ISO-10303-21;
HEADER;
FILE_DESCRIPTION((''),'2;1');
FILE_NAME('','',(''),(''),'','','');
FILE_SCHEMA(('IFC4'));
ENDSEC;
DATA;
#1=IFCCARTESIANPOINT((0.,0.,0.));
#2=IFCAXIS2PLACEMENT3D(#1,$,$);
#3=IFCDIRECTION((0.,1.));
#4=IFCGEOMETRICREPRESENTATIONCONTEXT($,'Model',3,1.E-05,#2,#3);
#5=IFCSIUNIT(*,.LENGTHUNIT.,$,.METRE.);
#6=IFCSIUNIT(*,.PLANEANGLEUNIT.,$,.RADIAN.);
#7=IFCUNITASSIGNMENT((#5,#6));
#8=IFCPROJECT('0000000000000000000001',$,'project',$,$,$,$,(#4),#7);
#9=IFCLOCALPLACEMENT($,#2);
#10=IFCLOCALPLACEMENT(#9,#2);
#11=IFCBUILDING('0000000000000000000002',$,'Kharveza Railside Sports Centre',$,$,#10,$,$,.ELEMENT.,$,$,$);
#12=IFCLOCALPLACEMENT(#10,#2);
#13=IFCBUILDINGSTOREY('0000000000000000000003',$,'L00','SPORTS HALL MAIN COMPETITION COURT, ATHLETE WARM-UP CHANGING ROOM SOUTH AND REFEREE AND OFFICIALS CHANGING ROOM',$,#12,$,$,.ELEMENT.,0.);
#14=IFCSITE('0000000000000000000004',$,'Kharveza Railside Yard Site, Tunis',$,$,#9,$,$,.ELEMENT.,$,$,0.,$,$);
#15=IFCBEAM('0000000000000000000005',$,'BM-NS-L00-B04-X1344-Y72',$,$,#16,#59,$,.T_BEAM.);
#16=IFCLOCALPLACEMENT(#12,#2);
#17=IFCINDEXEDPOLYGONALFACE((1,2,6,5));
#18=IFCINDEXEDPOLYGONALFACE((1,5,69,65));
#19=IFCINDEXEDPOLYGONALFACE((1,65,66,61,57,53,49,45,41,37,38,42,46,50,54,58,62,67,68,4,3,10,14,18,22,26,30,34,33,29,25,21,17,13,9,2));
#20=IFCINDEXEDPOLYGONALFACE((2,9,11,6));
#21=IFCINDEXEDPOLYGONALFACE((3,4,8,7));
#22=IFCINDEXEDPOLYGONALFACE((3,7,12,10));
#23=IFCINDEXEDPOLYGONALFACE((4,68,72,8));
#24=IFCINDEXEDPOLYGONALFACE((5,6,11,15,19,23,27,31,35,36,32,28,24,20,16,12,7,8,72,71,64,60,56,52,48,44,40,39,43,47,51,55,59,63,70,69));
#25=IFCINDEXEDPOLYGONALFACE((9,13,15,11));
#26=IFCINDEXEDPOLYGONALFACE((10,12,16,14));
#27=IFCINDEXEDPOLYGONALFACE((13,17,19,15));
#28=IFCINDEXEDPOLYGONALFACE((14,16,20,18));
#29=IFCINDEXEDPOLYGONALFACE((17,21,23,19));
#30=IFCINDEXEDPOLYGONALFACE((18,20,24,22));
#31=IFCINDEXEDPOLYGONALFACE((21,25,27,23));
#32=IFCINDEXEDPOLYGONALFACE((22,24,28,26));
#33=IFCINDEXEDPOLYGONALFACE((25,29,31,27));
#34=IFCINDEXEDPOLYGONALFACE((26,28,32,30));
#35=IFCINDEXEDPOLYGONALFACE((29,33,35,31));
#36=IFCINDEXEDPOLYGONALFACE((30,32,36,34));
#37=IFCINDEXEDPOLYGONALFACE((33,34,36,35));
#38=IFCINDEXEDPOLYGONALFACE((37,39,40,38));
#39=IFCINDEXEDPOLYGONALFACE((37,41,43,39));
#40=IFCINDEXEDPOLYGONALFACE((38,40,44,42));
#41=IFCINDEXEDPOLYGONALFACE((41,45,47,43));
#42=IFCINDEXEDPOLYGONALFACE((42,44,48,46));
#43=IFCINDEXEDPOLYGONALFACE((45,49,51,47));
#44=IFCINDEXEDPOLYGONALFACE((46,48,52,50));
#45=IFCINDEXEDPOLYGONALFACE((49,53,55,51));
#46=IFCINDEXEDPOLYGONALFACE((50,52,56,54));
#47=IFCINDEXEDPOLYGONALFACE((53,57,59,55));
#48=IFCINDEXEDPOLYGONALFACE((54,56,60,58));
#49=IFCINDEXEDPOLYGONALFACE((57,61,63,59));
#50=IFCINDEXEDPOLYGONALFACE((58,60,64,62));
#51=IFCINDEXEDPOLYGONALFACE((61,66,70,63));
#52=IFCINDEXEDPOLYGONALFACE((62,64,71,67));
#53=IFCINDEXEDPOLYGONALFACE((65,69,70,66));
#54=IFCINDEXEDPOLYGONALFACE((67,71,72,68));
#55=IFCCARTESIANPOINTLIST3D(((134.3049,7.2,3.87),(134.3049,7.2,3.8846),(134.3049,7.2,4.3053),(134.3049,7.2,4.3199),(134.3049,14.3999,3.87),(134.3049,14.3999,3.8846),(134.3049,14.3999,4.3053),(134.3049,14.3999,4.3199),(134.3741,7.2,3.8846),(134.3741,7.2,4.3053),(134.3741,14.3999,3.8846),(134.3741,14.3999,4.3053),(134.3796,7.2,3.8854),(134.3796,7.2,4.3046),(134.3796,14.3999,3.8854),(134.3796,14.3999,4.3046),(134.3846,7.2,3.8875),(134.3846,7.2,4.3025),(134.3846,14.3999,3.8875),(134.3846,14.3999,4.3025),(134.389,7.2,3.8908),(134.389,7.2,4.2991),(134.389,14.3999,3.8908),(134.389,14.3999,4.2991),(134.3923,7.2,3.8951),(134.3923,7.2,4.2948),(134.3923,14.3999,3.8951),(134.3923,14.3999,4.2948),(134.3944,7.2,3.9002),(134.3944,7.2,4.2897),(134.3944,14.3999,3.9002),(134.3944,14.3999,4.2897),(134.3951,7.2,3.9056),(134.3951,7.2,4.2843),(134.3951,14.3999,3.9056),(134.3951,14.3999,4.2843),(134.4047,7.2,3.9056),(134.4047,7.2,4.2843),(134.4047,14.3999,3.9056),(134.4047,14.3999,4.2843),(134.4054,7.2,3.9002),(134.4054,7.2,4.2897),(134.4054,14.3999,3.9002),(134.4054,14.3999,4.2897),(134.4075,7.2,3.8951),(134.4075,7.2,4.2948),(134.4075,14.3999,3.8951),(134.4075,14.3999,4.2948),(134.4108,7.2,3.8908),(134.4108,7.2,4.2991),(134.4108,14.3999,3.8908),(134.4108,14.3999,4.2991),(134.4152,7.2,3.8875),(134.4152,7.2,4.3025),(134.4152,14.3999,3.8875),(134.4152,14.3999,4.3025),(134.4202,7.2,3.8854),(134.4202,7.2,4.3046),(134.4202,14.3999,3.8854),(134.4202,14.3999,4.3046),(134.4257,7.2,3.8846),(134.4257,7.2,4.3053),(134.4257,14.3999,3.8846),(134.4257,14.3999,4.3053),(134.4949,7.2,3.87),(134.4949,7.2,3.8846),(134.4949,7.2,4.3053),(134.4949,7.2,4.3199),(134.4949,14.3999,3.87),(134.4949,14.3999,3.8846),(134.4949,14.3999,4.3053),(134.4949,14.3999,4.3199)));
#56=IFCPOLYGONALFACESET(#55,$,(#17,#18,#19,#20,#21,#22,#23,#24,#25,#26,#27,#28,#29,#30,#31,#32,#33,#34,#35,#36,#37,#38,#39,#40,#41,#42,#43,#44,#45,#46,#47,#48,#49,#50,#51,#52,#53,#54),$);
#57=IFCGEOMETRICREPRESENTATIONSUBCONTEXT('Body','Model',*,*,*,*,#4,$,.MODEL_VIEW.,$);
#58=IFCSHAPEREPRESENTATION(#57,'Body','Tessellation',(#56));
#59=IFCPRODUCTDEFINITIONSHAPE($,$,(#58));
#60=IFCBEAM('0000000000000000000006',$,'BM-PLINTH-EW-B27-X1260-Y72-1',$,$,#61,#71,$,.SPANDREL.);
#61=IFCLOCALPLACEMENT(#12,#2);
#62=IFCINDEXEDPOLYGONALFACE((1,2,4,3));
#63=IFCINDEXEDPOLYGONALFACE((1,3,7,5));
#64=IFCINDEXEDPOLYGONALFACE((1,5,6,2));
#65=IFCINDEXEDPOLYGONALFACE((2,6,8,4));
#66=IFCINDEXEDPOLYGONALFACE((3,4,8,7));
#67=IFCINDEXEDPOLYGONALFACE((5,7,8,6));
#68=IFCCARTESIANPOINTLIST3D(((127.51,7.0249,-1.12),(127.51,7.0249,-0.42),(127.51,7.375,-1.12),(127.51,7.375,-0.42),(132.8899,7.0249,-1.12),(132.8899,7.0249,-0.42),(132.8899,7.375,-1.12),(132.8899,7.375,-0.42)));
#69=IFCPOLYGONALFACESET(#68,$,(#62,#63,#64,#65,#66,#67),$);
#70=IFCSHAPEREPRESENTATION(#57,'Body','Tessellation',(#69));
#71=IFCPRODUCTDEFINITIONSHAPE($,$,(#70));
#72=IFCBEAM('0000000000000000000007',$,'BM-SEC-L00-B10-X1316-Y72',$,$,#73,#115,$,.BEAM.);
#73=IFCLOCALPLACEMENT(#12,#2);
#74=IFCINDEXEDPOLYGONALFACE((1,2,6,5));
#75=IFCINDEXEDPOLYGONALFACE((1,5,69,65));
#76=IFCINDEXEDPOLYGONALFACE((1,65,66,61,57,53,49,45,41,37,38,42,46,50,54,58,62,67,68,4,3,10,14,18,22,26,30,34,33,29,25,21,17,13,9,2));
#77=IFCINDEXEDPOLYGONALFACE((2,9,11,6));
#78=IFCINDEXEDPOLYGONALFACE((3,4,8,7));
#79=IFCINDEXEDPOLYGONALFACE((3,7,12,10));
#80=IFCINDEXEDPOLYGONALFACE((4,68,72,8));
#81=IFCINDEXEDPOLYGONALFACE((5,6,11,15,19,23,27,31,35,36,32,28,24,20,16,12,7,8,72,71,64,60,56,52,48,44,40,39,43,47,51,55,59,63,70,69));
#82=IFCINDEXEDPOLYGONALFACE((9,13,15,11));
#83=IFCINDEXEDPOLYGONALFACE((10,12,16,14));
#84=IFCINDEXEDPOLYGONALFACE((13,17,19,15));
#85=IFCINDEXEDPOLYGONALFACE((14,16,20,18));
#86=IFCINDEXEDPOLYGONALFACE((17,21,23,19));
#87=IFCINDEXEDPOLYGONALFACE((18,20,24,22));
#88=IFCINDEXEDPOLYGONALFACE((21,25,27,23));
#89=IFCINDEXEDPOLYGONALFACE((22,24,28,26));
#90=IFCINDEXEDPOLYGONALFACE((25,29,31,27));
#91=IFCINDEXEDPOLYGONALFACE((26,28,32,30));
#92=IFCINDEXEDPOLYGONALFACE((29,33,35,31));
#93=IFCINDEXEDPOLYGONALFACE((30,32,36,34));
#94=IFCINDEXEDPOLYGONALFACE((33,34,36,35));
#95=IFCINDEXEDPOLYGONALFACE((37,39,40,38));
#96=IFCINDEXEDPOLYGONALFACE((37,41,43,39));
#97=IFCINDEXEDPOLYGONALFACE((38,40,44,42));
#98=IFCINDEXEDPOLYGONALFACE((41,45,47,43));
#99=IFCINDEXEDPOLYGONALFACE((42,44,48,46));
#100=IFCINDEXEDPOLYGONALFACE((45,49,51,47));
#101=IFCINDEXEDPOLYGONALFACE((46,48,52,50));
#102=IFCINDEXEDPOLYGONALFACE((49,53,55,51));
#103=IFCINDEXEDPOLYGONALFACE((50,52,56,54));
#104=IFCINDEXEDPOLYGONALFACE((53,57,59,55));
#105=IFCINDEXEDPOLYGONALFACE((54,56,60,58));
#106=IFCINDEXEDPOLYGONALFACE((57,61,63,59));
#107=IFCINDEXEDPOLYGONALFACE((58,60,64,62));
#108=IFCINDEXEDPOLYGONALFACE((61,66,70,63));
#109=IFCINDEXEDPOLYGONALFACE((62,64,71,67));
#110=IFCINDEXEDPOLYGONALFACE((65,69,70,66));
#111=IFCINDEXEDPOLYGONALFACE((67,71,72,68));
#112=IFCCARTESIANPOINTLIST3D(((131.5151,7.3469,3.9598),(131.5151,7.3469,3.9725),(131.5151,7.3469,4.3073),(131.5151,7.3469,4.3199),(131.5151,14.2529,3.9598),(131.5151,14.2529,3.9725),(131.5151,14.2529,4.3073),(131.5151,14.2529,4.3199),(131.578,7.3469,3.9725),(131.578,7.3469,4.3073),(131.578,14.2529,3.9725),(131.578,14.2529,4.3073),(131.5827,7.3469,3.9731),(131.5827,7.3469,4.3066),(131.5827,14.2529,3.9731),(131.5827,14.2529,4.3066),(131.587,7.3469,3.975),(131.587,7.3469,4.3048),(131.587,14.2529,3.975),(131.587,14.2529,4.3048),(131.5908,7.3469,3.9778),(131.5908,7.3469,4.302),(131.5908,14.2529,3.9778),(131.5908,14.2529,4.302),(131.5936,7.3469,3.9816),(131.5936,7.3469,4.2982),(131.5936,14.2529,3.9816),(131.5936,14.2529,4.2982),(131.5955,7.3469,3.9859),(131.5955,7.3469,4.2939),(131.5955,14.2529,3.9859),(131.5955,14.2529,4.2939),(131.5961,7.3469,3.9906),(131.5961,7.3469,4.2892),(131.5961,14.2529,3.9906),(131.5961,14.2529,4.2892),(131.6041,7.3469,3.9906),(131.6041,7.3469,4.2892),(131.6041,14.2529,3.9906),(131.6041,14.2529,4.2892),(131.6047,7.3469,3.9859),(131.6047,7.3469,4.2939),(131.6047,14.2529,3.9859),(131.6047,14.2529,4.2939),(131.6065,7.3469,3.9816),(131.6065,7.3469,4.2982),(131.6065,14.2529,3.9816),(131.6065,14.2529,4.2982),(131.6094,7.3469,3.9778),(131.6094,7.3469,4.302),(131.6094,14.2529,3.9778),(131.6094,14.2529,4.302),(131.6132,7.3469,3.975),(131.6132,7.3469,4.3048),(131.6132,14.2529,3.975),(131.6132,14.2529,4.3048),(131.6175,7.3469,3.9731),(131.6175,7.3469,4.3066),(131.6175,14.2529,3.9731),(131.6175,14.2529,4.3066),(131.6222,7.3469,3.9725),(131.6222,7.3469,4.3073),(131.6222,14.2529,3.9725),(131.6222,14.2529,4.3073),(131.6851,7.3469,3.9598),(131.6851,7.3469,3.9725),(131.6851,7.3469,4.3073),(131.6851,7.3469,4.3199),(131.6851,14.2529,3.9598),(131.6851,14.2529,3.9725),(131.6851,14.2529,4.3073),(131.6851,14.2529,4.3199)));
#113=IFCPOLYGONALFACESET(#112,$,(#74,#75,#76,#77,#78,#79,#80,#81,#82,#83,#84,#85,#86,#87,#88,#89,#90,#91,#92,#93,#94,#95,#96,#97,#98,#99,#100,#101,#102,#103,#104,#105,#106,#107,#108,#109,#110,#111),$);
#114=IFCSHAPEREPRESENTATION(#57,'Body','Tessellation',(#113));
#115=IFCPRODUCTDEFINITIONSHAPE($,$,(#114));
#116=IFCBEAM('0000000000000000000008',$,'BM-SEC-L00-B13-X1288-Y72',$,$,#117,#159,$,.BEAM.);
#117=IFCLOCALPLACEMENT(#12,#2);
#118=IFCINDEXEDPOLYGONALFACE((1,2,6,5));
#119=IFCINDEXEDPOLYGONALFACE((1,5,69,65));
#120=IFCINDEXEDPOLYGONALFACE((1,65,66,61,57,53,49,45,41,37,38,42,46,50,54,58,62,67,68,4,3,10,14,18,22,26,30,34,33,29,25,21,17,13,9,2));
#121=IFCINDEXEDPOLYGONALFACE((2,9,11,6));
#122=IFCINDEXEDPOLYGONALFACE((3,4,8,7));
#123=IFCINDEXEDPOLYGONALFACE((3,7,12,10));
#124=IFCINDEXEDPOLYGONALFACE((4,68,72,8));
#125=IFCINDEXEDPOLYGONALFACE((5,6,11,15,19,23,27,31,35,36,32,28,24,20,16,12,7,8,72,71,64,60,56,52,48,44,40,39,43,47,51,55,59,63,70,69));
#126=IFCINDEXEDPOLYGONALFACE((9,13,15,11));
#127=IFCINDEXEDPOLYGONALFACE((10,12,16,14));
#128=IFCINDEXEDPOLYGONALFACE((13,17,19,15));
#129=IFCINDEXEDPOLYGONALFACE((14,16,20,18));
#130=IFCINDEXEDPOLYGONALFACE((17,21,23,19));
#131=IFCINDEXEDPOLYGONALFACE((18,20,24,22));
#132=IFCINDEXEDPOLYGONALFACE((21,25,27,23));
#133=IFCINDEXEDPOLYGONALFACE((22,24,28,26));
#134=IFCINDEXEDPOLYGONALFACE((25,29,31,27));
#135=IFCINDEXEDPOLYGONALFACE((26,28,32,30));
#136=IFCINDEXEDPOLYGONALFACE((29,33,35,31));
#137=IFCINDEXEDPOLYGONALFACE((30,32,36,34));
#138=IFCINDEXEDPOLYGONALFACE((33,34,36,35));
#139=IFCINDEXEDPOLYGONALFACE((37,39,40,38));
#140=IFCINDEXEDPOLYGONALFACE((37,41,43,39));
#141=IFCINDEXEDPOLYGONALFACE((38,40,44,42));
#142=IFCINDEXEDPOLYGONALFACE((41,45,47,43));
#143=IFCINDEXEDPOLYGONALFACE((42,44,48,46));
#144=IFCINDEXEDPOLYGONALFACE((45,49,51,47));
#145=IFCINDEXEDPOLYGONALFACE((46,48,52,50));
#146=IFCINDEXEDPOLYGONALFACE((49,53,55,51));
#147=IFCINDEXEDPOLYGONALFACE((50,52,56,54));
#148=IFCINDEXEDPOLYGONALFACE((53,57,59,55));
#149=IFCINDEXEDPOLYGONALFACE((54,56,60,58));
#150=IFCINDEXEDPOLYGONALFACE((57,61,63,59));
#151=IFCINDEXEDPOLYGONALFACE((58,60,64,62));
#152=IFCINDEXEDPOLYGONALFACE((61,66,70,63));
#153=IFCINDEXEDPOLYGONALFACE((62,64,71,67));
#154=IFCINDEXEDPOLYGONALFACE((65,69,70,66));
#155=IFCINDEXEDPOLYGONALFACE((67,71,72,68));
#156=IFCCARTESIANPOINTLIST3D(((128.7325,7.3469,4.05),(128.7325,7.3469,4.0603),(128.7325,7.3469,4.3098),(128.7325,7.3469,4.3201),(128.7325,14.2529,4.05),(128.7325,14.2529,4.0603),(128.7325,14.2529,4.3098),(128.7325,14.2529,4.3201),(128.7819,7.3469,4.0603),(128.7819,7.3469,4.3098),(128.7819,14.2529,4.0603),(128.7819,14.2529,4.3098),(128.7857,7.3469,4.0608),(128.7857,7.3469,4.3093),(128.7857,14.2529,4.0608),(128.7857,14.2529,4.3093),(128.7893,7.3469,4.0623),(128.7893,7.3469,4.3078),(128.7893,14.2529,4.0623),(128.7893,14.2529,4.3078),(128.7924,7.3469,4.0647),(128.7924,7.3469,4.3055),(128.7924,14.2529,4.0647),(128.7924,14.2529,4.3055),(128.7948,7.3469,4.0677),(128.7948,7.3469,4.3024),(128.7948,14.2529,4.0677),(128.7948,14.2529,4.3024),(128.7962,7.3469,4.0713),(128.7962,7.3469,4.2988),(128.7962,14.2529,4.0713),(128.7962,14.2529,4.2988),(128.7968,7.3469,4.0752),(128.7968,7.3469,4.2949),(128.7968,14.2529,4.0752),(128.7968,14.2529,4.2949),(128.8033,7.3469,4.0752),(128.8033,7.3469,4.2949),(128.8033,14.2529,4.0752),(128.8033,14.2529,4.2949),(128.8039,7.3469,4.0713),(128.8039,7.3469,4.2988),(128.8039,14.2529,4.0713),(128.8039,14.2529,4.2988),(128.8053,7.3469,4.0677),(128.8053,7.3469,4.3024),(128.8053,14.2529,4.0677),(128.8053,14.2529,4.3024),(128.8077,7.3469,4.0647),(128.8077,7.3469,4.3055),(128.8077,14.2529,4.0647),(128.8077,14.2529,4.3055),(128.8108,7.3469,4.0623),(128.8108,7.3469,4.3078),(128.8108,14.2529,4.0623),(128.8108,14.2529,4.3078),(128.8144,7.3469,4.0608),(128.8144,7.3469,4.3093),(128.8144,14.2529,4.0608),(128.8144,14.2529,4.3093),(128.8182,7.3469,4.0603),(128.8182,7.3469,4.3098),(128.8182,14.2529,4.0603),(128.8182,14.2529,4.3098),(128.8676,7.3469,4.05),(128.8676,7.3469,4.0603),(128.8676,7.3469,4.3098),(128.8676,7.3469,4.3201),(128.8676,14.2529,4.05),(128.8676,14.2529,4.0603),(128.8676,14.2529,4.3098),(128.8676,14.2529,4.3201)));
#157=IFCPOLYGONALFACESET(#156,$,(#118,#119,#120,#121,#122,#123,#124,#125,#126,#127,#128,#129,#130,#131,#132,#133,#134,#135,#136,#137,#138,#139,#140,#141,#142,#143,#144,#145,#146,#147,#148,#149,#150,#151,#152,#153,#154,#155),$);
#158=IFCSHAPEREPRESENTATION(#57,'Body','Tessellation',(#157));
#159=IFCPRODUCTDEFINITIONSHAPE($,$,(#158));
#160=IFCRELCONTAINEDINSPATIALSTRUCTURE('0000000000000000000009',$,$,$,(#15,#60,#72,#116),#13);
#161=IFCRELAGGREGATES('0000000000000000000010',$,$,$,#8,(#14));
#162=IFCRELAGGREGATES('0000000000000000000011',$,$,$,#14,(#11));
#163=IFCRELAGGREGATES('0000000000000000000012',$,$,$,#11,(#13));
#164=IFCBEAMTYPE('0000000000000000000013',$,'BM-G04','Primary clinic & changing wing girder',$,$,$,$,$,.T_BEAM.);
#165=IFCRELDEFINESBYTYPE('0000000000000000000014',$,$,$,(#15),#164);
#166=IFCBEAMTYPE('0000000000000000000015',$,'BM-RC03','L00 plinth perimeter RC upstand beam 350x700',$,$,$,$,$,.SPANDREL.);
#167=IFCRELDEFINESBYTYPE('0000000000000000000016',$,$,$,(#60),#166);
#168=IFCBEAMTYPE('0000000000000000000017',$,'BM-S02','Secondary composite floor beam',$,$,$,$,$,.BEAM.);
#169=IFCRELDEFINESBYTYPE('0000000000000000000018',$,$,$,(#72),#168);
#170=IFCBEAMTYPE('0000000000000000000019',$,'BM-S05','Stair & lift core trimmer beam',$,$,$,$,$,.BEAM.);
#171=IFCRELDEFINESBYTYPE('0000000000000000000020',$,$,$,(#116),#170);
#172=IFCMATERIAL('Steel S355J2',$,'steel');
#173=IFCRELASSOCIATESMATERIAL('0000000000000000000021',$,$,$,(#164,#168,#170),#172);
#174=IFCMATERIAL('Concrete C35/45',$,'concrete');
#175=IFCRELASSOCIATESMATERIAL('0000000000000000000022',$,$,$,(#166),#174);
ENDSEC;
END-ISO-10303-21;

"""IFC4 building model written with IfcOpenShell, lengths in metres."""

from ifc_helpers import new_model, si_unit, direction, frame, origin, origin_2d, place, context, subcontext, project, spatial, rectangle, i_section, extrude, material, material_profile, profile_set, type_object, element, save


model = new_model("IFC4")

# Units and contexts
model_context = context("Model", 3, precision=1e-05, world=origin(), true_north=direction((0.0, 1.0)))
body_context = subcontext(model_context, "Body", "Model", "MODEL_VIEW")
ifc_project = project(units=[si_unit("LENGTHUNIT", "METRE"), si_unit("PLANEANGLEUNIT", "RADIAN")], contexts=[model_context])

# Site, building, storey
site_placement = place(None, origin())
site = spatial("IfcSite", under=ifc_project, at=site_placement, Name="Kharveza Railside Yard Site, Tunis", CompositionType="ELEMENT", RefElevation=0.0)
building_placement = place(site_placement, origin())
building = spatial("IfcBuilding", under=site, at=building_placement, Name="Kharveza Railside Sports Centre", CompositionType="ELEMENT")
storey_placement = place(building_placement, origin())
storey = spatial("IfcBuildingStorey", under=building, at=storey_placement, Name="L00", Description="SPORTS HALL MAIN COMPETITION COURT, ATHLETE WARM-UP CHANGING ROOM SOUTH AND REFEREE AND OFFICIALS CHANGING ROOM", CompositionType="ELEMENT", Elevation=0.0)

# Shared definitions
ifc_material_1 = material(Name="Concrete C35/45", Category="concrete")

# Shared definitions
ifc_material_2 = material(Name="Steel S355J2", Category="steel")

# Beams
ifc_material_profile_1 = material_profile(ifc_material_2, i_section(OverallWidth=0.1899, OverallDepth=0.45, WebThickness=0.0095, FlangeThickness=0.0146, FilletRadius=0.021, at=origin_2d()), Name="IPE 450")
ifc_profile_set_1 = profile_set([ifc_material_profile_1], Name="Steel S355J2")
beam_type_1 = type_object("IfcBeamType", Name="BM-G04", Description="Primary clinic & changing wing girder", PredefinedType="T_BEAM", material=ifc_profile_set_1)
beam_1_placement = place(storey_placement, frame((134.3999, 7.2, 4.095), z_axis=(0.0, 1.0, 0.0), x_axis=(-1.0, 0.0, 0.0)))
element("IfcBeam", 1, at=beam_1_placement, inside=storey, type_object=beam_type_1, Name="BM-NS-L00-B04-X1344-Y72", PredefinedType="T_BEAM", context=body_context, shape_type="SweptSolid", body=[
    extrude(i_section(OverallWidth=0.1899, OverallDepth=0.45, WebThickness=0.0095, FlangeThickness=0.0146, FilletRadius=0.021, at=origin_2d()), origin(), (0.0, 0.0, 1.0), 7.2),
])
ifc_material_profile_2 = material_profile(ifc_material_1, rectangle(XDim=0.3501, YDim=0.7, at=origin_2d()), Name="RCB 350x700")
ifc_profile_set_2 = profile_set([ifc_material_profile_2], Name="Concrete C35/45")
beam_type_2 = type_object("IfcBeamType", Name="BM-RC03", Description="L00 plinth perimeter RC upstand beam 350x700", PredefinedType="SPANDREL", material=ifc_profile_set_2)
beam_2_placement = place(storey_placement, frame((127.51, 7.2, -0.77), z_axis=(1.0, 0.0, 0.0), x_axis=(0.0, 1.0, 0.0)))
element("IfcBeam", 2, at=beam_2_placement, inside=storey, type_object=beam_type_2, Name="BM-PLINTH-EW-B27-X1260-Y72-1", PredefinedType="SPANDREL", context=body_context, shape_type="SweptSolid", body=[
    extrude(rectangle(XDim=0.3501, YDim=0.7, at=origin_2d()), origin(), (0.0, 0.0, 1.0), 5.3799),
])
ifc_material_profile_3 = material_profile(ifc_material_2, i_section(OverallWidth=0.1699, OverallDepth=0.3601, WebThickness=0.0081, FlangeThickness=0.0127, FilletRadius=0.0181, at=origin_2d()), Name="IPE 360")
ifc_profile_set_3 = profile_set([ifc_material_profile_3], Name="Steel S355J2")
beam_type_3 = type_object("IfcBeamType", Name="BM-S02", Description="Secondary composite floor beam", PredefinedType="BEAM", material=ifc_profile_set_3)
beam_3_placement = place(storey_placement, frame((131.6001, 7.3469, 4.1399), z_axis=(0.0, 1.0, 0.0), x_axis=(-1.0, 0.0, 0.0)))
element("IfcBeam", 3, at=beam_3_placement, inside=storey, type_object=beam_type_3, Name="BM-SEC-L00-B10-X1316-Y72", PredefinedType="BEAM", context=body_context, shape_type="SweptSolid", body=[
    extrude(i_section(OverallWidth=0.1699, OverallDepth=0.3601, WebThickness=0.0081, FlangeThickness=0.0127, FilletRadius=0.0181, at=origin_2d()), origin(), (0.0, 0.0, 1.0), 6.906),
])
ifc_material_profile_4 = material_profile(ifc_material_2, i_section(OverallWidth=0.135, OverallDepth=0.27, WebThickness=0.0066, FlangeThickness=0.0103, FilletRadius=0.0149, at=origin_2d()), Name="IPE 270")
ifc_profile_set_4 = profile_set([ifc_material_profile_4], Name="Steel S355J2")
beam_type_4 = type_object("IfcBeamType", Name="BM-S05", Description="Stair & lift core trimmer beam", PredefinedType="BEAM", material=ifc_profile_set_4)
beam_4_placement = place(storey_placement, frame((128.8, 7.3469, 4.1851), z_axis=(0.0, 1.0, 0.0), x_axis=(-1.0, 0.0, 0.0)))
element("IfcBeam", 4, at=beam_4_placement, inside=storey, type_object=beam_type_4, Name="BM-SEC-L00-B13-X1288-Y72", PredefinedType="BEAM", context=body_context, shape_type="SweptSolid", body=[
    extrude(i_section(OverallWidth=0.135, OverallDepth=0.27, WebThickness=0.0066, FlangeThickness=0.0103, FilletRadius=0.0149, at=origin_2d()), origin(), (0.0, 0.0, 1.0), 6.906),
])

save(model, "model.ifc")
